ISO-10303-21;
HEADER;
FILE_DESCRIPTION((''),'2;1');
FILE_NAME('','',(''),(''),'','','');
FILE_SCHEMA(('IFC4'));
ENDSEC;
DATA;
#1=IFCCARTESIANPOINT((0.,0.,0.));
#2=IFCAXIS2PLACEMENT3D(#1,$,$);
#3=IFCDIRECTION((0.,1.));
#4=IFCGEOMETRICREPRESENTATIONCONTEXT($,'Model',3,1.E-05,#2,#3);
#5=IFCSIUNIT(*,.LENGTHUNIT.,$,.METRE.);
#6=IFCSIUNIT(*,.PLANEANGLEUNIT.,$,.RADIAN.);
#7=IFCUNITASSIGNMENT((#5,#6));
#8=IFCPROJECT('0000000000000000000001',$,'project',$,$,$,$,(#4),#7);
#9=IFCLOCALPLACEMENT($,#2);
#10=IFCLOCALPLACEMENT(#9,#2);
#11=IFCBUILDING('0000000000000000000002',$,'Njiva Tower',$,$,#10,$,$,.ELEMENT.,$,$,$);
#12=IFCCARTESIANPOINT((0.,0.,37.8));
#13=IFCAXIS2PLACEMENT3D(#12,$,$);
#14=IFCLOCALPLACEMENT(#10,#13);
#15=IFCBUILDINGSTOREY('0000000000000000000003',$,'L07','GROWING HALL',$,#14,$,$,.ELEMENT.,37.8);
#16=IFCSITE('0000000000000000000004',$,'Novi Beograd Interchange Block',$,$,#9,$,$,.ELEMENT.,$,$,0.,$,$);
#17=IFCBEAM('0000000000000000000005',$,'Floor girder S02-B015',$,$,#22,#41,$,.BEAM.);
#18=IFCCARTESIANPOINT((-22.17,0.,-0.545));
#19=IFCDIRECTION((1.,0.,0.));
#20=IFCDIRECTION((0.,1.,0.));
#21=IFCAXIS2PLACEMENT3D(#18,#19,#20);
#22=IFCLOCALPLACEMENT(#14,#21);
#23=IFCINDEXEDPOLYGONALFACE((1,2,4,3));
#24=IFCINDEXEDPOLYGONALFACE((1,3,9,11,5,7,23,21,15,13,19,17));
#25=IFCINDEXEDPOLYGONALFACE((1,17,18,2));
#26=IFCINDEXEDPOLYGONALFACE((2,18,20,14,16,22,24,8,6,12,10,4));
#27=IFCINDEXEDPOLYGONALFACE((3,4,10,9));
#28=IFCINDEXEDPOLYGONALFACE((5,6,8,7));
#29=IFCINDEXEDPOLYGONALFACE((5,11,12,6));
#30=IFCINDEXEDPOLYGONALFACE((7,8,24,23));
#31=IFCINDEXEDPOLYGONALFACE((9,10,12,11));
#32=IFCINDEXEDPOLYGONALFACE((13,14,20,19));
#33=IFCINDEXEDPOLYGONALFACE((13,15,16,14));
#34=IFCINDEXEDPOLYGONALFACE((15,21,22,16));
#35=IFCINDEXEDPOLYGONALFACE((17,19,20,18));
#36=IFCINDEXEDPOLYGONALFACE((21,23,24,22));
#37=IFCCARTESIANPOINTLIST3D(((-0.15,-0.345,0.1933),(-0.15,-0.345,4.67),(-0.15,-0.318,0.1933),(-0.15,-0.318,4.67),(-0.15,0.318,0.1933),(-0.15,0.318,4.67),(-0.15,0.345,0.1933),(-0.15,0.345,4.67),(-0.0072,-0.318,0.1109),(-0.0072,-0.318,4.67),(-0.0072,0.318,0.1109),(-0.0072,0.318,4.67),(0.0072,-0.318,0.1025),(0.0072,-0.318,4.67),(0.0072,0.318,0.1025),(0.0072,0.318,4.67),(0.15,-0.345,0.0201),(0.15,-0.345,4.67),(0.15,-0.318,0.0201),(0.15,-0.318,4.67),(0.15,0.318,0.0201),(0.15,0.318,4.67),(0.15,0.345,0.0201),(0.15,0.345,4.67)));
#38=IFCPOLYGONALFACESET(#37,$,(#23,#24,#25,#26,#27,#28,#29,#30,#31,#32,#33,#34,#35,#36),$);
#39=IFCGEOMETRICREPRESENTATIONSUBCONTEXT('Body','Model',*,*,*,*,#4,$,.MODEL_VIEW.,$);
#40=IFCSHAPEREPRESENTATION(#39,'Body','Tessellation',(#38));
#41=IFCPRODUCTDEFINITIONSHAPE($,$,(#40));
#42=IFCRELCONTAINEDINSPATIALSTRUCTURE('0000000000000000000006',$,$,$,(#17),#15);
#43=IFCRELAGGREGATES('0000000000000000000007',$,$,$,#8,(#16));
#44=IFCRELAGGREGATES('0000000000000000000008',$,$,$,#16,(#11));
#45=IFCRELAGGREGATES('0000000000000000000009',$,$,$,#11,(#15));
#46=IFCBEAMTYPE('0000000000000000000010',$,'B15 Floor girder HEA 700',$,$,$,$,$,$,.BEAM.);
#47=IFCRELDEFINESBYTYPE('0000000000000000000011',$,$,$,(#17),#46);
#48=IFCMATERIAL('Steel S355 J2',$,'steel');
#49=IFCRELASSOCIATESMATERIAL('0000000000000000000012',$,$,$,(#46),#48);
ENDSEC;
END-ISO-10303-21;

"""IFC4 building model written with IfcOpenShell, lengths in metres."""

from ifc_helpers import new_model, si_unit, direction, frame, origin, origin_2d, place, context, subcontext, project, spatial, i_section, extrude, clip, halfspace, material, material_profile, profile_set, type_object, element, save


model = new_model("IFC4")

# Units and contexts
model_context = context("Model", 3, precision=1e-05, world=origin(), true_north=direction((0.0, 1.0)))
body_context = subcontext(model_context, "Body", "Model", "MODEL_VIEW")
ifc_project = project(units=[si_unit("LENGTHUNIT", "METRE"), si_unit("PLANEANGLEUNIT", "RADIAN")], contexts=[model_context])

# Site, building, storey
site_placement = place(None, origin())
site = spatial("IfcSite", under=ifc_project, at=site_placement, Name="Novi Beograd Interchange Block", CompositionType="ELEMENT", RefElevation=0.0)
building_placement = place(site_placement, origin())
building = spatial("IfcBuilding", under=site, at=building_placement, Name="Njiva Tower", CompositionType="ELEMENT")
storey_placement = place(building_placement, frame((0.0, 0.0, 37.8)))
storey = spatial("IfcBuildingStorey", under=building, at=storey_placement, Name="L07", Description="GROWING HALL", CompositionType="ELEMENT", Elevation=37.8)

# Shared definitions
ifc_material_1 = material(Name="Steel S355 J2", Category="steel")

# Beam
ifc_material_profile_1 = material_profile(ifc_material_1, i_section(OverallWidth=0.3, OverallDepth=0.69, WebThickness=0.0145, FlangeThickness=0.027, at=origin_2d()), Name="HEA 700")
ifc_profile_set_1 = profile_set([ifc_material_profile_1], Name="Steel S355 J2")
beam_type_1 = type_object("IfcBeamType", Name="B15 Floor girder HEA 700", PredefinedType="BEAM", material=ifc_profile_set_1)
beam_1_placement = place(storey_placement, frame((-22.17, 0.0, -0.545), z_axis=(1.0, 0.0, 0.0), x_axis=(0.0, 1.0, 0.0)))
element("IfcBeam", 1, at=beam_1_placement, inside=storey, type_object=beam_type_1, Name="Floor girder S02-B015", PredefinedType="BEAM", context=body_context, shape_type="Clipping", body=[
    clip(extrude(i_section(OverallWidth=0.3, OverallDepth=0.69, WebThickness=0.0145, FlangeThickness=0.027, at=origin_2d()), origin(), (0.0, 0.0, 1.0), 4.67), halfspace(frame((-0.025, 0.0, 0.1211), z_axis=(-0.499998, 0.0, -0.866027), x_axis=(0.0, -1.0, 0.0)), False)),
])

save(model, "model.ifc")
